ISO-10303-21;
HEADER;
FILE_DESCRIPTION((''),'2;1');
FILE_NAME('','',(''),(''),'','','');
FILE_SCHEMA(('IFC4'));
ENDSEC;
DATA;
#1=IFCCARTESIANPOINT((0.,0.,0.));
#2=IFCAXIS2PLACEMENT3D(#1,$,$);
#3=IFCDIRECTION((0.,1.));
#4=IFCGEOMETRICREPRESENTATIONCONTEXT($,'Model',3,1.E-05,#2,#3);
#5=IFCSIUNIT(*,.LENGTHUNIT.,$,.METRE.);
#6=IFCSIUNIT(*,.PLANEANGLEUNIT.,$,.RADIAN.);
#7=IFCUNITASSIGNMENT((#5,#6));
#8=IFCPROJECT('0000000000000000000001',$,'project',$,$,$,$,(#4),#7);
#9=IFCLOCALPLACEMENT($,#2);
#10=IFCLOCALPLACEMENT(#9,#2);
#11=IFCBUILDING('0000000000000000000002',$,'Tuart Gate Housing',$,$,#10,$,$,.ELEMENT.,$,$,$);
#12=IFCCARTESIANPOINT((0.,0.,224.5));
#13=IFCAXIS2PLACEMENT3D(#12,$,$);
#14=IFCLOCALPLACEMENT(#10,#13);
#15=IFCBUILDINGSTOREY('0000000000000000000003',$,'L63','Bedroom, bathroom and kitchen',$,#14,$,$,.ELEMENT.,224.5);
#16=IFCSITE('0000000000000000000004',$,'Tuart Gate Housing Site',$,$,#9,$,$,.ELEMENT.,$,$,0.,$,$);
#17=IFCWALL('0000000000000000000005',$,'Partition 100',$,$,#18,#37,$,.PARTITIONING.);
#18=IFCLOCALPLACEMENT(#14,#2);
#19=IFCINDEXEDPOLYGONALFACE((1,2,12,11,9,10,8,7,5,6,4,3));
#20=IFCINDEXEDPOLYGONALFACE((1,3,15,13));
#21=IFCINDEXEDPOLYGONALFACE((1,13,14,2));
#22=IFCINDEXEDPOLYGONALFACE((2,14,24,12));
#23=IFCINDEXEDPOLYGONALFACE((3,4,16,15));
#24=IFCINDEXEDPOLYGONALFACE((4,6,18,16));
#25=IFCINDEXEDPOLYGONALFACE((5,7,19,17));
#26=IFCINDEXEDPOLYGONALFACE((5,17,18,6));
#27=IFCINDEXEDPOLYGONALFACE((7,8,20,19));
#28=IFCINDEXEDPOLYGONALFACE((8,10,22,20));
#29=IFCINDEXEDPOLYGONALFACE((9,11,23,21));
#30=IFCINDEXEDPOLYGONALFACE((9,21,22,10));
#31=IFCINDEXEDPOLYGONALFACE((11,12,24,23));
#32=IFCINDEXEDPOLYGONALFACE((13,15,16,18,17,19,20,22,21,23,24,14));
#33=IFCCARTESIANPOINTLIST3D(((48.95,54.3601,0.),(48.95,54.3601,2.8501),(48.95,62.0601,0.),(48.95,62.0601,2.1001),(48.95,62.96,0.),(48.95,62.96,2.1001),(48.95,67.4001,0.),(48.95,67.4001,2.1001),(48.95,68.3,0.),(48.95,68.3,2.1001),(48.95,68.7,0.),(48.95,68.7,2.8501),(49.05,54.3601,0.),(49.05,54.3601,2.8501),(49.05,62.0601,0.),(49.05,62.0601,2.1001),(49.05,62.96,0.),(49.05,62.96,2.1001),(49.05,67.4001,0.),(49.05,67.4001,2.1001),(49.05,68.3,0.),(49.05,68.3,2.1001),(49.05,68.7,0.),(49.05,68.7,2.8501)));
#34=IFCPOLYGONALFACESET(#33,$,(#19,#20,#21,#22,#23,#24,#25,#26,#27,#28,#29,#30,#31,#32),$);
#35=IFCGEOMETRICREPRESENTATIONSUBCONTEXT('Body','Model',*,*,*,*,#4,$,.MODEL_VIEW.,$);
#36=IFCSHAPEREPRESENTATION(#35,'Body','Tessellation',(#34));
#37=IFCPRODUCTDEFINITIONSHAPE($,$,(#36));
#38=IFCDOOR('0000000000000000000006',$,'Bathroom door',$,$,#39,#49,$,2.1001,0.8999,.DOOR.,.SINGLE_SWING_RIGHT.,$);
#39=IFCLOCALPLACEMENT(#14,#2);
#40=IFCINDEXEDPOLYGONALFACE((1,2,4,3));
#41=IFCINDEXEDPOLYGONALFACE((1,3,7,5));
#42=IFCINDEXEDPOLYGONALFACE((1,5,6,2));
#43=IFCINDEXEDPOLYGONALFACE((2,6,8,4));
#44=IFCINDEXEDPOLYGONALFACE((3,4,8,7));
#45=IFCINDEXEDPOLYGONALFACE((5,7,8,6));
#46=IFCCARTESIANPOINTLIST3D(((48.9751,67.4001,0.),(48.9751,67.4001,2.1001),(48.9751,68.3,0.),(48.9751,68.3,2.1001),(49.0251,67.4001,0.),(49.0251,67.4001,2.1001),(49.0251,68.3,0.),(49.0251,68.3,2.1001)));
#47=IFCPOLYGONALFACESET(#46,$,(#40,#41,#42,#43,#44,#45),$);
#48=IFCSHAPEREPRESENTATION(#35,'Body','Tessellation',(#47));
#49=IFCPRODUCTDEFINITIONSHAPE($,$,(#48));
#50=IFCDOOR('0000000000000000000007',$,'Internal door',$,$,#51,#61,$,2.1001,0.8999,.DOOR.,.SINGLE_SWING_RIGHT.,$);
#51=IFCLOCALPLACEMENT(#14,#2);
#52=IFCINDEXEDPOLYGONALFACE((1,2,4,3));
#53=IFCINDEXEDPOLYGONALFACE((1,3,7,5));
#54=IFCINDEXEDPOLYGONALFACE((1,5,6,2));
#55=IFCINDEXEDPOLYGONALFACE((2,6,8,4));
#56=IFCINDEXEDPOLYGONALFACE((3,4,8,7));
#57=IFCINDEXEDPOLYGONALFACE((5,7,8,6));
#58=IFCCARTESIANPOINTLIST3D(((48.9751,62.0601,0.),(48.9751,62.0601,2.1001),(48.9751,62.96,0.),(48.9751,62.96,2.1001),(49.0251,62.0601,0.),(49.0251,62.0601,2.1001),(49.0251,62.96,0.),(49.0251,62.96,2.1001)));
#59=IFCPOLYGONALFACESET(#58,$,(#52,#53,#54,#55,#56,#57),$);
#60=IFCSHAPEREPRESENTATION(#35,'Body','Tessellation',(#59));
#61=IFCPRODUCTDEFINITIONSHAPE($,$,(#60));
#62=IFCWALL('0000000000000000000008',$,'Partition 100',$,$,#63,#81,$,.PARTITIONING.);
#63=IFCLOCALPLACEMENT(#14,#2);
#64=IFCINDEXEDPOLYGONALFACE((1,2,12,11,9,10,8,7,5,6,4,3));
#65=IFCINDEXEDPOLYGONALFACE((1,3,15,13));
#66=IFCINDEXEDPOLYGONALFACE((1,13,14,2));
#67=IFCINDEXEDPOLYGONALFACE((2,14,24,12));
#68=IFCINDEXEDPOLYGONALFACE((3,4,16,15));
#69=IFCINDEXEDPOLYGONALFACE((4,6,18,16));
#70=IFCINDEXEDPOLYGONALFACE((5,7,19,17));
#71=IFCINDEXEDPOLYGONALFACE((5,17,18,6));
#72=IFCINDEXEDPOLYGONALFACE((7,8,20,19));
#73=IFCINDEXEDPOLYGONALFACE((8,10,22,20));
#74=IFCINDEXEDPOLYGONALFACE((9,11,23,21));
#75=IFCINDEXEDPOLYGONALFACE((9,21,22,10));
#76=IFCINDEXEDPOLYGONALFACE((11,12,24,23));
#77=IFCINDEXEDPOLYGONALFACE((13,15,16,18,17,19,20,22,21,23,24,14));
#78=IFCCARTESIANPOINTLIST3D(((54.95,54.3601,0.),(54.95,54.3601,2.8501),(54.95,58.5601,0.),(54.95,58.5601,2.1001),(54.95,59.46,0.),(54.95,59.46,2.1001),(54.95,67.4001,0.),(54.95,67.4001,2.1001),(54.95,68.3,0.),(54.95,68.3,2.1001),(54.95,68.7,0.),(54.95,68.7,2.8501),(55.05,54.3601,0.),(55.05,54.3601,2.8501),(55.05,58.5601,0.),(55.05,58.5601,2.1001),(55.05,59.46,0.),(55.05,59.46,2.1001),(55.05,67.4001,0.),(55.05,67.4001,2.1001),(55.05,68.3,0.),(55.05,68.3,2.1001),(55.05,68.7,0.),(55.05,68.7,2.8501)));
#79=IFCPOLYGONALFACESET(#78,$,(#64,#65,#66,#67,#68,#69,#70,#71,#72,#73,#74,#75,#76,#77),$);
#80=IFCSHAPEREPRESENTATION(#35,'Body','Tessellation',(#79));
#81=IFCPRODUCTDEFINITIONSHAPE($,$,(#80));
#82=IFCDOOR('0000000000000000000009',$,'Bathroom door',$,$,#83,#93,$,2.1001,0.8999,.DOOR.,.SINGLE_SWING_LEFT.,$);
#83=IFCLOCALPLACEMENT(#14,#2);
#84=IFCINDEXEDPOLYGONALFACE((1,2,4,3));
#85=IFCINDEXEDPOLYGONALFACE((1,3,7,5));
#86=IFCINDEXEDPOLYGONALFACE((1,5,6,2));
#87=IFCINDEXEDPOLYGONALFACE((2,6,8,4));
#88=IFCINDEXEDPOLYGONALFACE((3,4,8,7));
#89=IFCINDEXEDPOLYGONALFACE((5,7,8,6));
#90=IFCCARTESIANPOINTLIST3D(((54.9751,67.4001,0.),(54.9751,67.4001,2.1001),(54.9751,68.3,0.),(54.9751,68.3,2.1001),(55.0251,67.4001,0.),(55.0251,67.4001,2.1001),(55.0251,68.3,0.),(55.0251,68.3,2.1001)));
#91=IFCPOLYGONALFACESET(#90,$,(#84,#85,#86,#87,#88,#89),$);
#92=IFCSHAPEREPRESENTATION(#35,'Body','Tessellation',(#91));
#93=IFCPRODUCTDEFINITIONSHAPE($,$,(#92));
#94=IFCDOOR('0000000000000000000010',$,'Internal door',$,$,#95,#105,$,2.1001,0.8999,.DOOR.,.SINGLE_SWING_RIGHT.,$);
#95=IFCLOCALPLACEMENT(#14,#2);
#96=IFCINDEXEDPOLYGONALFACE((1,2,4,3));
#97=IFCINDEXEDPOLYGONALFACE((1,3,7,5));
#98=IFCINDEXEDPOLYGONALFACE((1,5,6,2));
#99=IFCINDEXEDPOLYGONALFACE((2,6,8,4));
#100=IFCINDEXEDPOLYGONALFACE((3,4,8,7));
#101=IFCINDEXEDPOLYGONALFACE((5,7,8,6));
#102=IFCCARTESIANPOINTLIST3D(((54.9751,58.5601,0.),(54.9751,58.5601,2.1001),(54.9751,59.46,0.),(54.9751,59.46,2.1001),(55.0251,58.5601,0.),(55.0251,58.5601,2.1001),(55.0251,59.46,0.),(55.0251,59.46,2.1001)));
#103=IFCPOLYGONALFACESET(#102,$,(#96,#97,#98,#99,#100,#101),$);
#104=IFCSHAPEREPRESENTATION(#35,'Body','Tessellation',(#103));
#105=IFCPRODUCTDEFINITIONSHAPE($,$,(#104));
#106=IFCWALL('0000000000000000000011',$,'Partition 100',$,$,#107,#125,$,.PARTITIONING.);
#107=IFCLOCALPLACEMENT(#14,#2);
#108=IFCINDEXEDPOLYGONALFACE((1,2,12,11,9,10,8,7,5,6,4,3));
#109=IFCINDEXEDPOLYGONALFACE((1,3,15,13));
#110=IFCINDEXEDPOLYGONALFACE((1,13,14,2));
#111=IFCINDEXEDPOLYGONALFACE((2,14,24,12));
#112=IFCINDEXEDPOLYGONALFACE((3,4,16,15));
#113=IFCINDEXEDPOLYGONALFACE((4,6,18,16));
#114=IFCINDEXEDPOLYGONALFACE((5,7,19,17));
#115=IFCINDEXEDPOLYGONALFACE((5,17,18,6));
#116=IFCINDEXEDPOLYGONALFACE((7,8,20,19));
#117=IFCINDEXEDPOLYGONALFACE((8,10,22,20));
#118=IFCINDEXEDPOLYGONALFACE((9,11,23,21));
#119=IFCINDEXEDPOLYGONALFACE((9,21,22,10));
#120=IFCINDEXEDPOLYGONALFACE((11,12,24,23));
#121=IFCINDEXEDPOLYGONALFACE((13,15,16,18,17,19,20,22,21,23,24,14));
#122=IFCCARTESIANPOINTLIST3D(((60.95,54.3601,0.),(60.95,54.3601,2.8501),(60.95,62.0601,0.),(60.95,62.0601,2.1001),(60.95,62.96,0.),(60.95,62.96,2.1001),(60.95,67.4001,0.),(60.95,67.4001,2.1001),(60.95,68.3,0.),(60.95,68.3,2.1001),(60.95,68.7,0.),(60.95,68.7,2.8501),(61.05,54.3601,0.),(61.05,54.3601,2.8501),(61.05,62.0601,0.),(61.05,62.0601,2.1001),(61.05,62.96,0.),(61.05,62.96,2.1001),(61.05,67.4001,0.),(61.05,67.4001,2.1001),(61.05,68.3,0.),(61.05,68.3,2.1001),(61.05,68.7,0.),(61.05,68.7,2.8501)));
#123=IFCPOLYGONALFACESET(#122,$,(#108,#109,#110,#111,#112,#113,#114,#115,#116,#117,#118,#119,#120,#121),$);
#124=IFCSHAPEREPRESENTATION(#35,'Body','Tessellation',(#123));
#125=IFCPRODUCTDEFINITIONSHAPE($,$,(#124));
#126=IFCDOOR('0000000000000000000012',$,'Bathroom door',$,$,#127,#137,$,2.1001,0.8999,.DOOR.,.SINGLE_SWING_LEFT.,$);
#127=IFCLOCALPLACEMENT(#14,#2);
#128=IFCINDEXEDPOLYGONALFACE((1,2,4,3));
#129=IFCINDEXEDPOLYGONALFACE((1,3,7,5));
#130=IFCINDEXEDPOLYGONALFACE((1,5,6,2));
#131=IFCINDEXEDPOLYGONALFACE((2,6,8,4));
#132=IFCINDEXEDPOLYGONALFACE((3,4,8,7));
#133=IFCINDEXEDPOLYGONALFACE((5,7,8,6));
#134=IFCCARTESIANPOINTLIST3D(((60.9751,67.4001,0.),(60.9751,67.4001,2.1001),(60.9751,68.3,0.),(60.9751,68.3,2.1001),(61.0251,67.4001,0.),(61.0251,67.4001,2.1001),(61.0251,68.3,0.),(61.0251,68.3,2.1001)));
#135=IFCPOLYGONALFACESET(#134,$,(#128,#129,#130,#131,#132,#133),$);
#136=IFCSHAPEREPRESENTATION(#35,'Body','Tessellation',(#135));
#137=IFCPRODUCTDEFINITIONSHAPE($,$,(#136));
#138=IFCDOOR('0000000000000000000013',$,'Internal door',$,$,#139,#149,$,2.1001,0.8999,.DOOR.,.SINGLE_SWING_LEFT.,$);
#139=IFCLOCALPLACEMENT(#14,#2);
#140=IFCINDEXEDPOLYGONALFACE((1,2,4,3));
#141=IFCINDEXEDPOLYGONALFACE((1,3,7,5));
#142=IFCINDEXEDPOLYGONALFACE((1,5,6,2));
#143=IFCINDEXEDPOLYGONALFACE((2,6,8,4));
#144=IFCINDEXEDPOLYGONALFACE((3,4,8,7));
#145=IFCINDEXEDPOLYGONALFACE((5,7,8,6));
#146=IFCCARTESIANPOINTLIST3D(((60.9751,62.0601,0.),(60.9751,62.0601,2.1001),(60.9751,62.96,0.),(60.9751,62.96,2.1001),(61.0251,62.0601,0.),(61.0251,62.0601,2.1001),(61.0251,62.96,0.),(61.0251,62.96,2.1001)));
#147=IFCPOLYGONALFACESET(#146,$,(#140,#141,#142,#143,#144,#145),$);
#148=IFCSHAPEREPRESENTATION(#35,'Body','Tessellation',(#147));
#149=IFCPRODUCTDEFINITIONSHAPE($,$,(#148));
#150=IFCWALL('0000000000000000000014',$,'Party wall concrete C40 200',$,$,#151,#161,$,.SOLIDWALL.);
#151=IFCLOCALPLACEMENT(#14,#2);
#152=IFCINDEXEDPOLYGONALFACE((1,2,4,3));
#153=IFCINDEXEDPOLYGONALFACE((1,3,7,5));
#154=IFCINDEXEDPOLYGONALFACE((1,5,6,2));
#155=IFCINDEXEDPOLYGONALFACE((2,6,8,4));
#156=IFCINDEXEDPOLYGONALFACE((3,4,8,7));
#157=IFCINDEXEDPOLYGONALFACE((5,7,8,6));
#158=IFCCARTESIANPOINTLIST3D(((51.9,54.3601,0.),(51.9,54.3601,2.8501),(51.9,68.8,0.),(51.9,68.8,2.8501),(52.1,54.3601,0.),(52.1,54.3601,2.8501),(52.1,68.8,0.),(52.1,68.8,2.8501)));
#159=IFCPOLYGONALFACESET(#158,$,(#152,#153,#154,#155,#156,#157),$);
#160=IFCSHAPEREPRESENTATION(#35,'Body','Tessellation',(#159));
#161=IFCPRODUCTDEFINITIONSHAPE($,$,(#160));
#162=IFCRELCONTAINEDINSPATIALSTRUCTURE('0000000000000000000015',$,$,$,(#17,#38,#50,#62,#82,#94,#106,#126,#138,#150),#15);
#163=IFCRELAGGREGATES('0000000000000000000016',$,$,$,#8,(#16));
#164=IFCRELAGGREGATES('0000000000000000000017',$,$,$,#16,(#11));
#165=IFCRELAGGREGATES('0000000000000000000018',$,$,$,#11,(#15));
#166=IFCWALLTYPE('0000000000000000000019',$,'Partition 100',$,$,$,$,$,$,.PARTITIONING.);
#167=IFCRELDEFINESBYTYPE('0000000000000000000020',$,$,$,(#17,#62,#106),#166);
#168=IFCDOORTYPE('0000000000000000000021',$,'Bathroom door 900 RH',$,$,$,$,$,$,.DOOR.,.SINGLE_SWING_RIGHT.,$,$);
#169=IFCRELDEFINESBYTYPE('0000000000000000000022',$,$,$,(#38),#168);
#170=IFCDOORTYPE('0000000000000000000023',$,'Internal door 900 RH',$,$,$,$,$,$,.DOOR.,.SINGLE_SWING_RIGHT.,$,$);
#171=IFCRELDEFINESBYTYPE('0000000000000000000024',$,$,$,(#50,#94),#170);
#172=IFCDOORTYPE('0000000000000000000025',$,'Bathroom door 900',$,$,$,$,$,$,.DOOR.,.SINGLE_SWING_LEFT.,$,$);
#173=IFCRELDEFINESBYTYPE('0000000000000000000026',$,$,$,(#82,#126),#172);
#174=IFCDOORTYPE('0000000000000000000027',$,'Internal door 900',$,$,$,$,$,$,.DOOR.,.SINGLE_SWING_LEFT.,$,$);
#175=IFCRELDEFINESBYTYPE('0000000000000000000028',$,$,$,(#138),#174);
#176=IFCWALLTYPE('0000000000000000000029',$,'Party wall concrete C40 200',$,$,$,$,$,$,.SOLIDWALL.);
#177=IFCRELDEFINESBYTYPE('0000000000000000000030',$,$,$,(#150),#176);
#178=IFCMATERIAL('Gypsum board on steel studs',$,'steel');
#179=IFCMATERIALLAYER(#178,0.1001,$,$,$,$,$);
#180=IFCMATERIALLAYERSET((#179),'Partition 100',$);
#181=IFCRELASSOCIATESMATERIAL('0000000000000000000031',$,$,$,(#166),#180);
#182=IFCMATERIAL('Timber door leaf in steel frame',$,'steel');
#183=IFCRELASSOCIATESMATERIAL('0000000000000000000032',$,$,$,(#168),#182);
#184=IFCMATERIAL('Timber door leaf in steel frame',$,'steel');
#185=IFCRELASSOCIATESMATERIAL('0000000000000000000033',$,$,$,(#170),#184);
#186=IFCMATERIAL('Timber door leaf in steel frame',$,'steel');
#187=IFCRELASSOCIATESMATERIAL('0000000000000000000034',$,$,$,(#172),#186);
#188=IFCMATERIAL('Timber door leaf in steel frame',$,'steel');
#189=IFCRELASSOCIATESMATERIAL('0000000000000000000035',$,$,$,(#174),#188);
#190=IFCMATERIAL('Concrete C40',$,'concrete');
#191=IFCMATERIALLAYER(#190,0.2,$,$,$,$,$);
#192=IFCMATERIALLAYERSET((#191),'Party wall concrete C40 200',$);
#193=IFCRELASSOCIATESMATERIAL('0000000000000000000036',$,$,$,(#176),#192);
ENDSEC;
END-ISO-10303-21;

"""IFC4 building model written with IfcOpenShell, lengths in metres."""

from ifc_helpers import new_model, si_unit, direction, frame, frame_2d, origin, place, context, subcontext, project, spatial, rectangle, extrude, material, layer, layer_set, type_object, element, fill, save


model = new_model("IFC4")

# Units and contexts
model_context = context("Model", 3, precision=1e-05, world=origin(), true_north=direction((0.0, 1.0)))
body_context = subcontext(model_context, "Body", "Model", "MODEL_VIEW")
ifc_project = project(units=[si_unit("LENGTHUNIT", "METRE"), si_unit("PLANEANGLEUNIT", "RADIAN")], contexts=[model_context])

# Site, building, storey
site_placement = place(None, origin())
site = spatial("IfcSite", under=ifc_project, at=site_placement, Name="Tuart Gate Housing Site", CompositionType="ELEMENT", RefElevation=0.0)
building_placement = place(site_placement, origin())
building = spatial("IfcBuilding", under=site, at=building_placement, Name="Tuart Gate Housing", CompositionType="ELEMENT")
storey_placement = place(building_placement, frame((0.0, 0.0, 224.5)))
storey = spatial("IfcBuildingStorey", under=building, at=storey_placement, Name="L63", Description="Bedroom, bathroom and kitchen", CompositionType="ELEMENT", Elevation=224.5)

# Walls, openings, doors
ifc_material_1 = material(Name="Gypsum board on steel studs", Category="steel")
ifc_layer_1 = layer(ifc_material_1, 0.1001)
ifc_layer_set_1 = layer_set([ifc_layer_1], Name="Partition 100")
wall_type_1 = type_object("IfcWallType", Name="Partition 100", PredefinedType="PARTITIONING", material=ifc_layer_set_1)
wall_1_placement = place(storey_placement, frame((49.0, 54.3601, 0.0), z_axis=(0.0, 0.0, 1.0), x_axis=(0.0, 1.0, 0.0)))
wall_1 = element("IfcWall", 1, at=wall_1_placement, inside=storey, type_object=wall_type_1, Name="Partition 100", PredefinedType="PARTITIONING", context=body_context, shape_type="SweptSolid", body=[
    extrude(rectangle(XDim=14.3398, YDim=0.1001, at=frame_2d((7.1699, 0.0))), origin(), (0.0, 0.0, 1.0), 2.8501),
])
opening_1_placement = place(wall_1_placement, frame((7.7, 0.0, 0.0)))
opening_1 = element("IfcOpeningElement", 2, at=opening_1_placement, cuts=wall_1, PredefinedType="OPENING", context=body_context, shape_type="SweptSolid", body=[
    extrude(rectangle(XDim=0.8999, YDim=2.1001, at=frame_2d((0.45, 1.05))), frame((0.0, 0.0601, 0.0), z_axis=(0.0, -1.0, 0.0), x_axis=(1.0, 0.0, 0.0)), (0.0, 0.0, 1.0), 0.1201),
])
opening_2_placement = place(wall_1_placement, frame((13.04, 0.0, 0.0)))
opening_2 = element("IfcOpeningElement", 3, at=opening_2_placement, cuts=wall_1, PredefinedType="OPENING", context=body_context, shape_type="SweptSolid", body=[
    extrude(rectangle(XDim=0.8999, YDim=2.1001, at=frame_2d((0.45, 1.05))), frame((0.0, 0.0601, 0.0), z_axis=(0.0, -1.0, 0.0), x_axis=(1.0, 0.0, 0.0)), (0.0, 0.0, 1.0), 0.1201),
])
ifc_material_2 = material(Name="Timber door leaf in steel frame", Category="steel")
door_type_1 = type_object("IfcDoorType", Name="Bathroom door 900 RH", OperationType="SINGLE_SWING_RIGHT", PredefinedType="DOOR", material=ifc_material_2)
door_1_placement = place(opening_2_placement, origin())
door_1 = element("IfcDoor", 4, at=door_1_placement, inside=storey, type_object=door_type_1, Name="Bathroom door", OperationType="SINGLE_SWING_RIGHT", OverallHeight=2.1001, OverallWidth=0.8999, PredefinedType="DOOR", context=body_context, shape_type="SweptSolid", body=[
    extrude(rectangle(XDim=0.8999, YDim=2.1001, at=frame_2d((0.45, 1.05))), frame((0.0, 0.0249, 0.0), z_axis=(0.0, -1.0, 0.0), x_axis=(1.0, 0.0, 0.0)), (0.0, 0.0, 1.0), 0.05),
])
fill(opening_2, door_1)
ifc_material_3 = material(Name="Timber door leaf in steel frame", Category="steel")
door_type_2 = type_object("IfcDoorType", Name="Internal door 900 RH", OperationType="SINGLE_SWING_RIGHT", PredefinedType="DOOR", material=ifc_material_3)
door_2_placement = place(opening_1_placement, origin())
door_2 = element("IfcDoor", 5, at=door_2_placement, inside=storey, type_object=door_type_2, Name="Internal door", OperationType="SINGLE_SWING_RIGHT", OverallHeight=2.1001, OverallWidth=0.8999, PredefinedType="DOOR", context=body_context, shape_type="SweptSolid", body=[
    extrude(rectangle(XDim=0.8999, YDim=2.1001, at=frame_2d((0.45, 1.05))), frame((0.0, 0.0249, 0.0), z_axis=(0.0, -1.0, 0.0), x_axis=(1.0, 0.0, 0.0)), (0.0, 0.0, 1.0), 0.05),
])
fill(opening_1, door_2)
wall_2_placement = place(storey_placement, frame((55.0, 54.3601, 0.0), z_axis=(0.0, 0.0, 1.0), x_axis=(0.0, 1.0, 0.0)))
wall_2 = element("IfcWall", 6, at=wall_2_placement, inside=storey, type_object=wall_type_1, Name="Partition 100", PredefinedType="PARTITIONING", context=body_context, shape_type="SweptSolid", body=[
    extrude(rectangle(XDim=14.3398, YDim=0.1001, at=frame_2d((7.1699, 0.0))), origin(), (0.0, 0.0, 1.0), 2.8501),
])
opening_3_placement = place(wall_2_placement, frame((4.2, 0.0, 0.0)))
opening_3 = element("IfcOpeningElement", 7, at=opening_3_placement, cuts=wall_2, PredefinedType="OPENING", context=body_context, shape_type="SweptSolid", body=[
    extrude(rectangle(XDim=0.8999, YDim=2.1001, at=frame_2d((0.45, 1.05))), frame((0.0, 0.0601, 0.0), z_axis=(0.0, -1.0, 0.0), x_axis=(1.0, 0.0, 0.0)), (0.0, 0.0, 1.0), 0.1201),
])
opening_4_placement = place(wall_2_placement, frame((13.04, 0.0, 0.0)))
opening_4 = element("IfcOpeningElement", 8, at=opening_4_placement, cuts=wall_2, PredefinedType="OPENING", context=body_context, shape_type="SweptSolid", body=[
    extrude(rectangle(XDim=0.8999, YDim=2.1001, at=frame_2d((0.45, 1.05))), frame((0.0, 0.0601, 0.0), z_axis=(0.0, -1.0, 0.0), x_axis=(1.0, 0.0, 0.0)), (0.0, 0.0, 1.0), 0.1201),
])
ifc_material_4 = material(Name="Timber door leaf in steel frame", Category="steel")
door_type_3 = type_object("IfcDoorType", Name="Bathroom door 900", OperationType="SINGLE_SWING_LEFT", PredefinedType="DOOR", material=ifc_material_4)
door_3_placement = place(opening_4_placement, frame((0.8999, 0.0, 0.0), z_axis=(0.0, 0.0, 1.0), x_axis=(-1.0, 0.0, 0.0)))
door_3 = element("IfcDoor", 9, at=door_3_placement, inside=storey, type_object=door_type_3, Name="Bathroom door", OperationType="SINGLE_SWING_LEFT", OverallHeight=2.1001, OverallWidth=0.8999, PredefinedType="DOOR", context=body_context, shape_type="SweptSolid", body=[
    extrude(rectangle(XDim=0.8999, YDim=2.1001, at=frame_2d((0.45, 1.05))), frame((0.0, 0.0251, 0.0), z_axis=(0.0, -1.0, 0.0), x_axis=(1.0, 0.0, 0.0)), (0.0, 0.0, 1.0), 0.05),
])
fill(opening_4, door_3)
door_4_placement = place(opening_3_placement, frame((0.8999, 0.0, 0.0), z_axis=(0.0, 0.0, 1.0), x_axis=(-1.0, 0.0, 0.0)))
door_4 = element("IfcDoor", 10, at=door_4_placement, inside=storey, type_object=door_type_2, Name="Internal door", OperationType="SINGLE_SWING_RIGHT", OverallHeight=2.1001, OverallWidth=0.8999, PredefinedType="DOOR", context=body_context, shape_type="SweptSolid", body=[
    extrude(rectangle(XDim=0.8999, YDim=2.1001, at=frame_2d((0.45, 1.05))), frame((0.0, 0.0251, 0.0), z_axis=(0.0, -1.0, 0.0), x_axis=(1.0, 0.0, 0.0)), (0.0, 0.0, 1.0), 0.05),
])
fill(opening_3, door_4)
wall_3_placement = place(storey_placement, frame((61.0, 54.3601, 0.0), z_axis=(0.0, 0.0, 1.0), x_axis=(0.0, 1.0, 0.0)))
wall_3 = element("IfcWall", 11, at=wall_3_placement, inside=storey, type_object=wall_type_1, Name="Partition 100", PredefinedType="PARTITIONING", context=body_context, shape_type="SweptSolid", body=[
    extrude(rectangle(XDim=14.3398, YDim=0.1001, at=frame_2d((7.1699, 0.0))), origin(), (0.0, 0.0, 1.0), 2.8501),
])
opening_5_placement = place(wall_3_placement, frame((7.7, 0.0, 0.0)))
opening_5 = element("IfcOpeningElement", 12, at=opening_5_placement, cuts=wall_3, PredefinedType="OPENING", context=body_context, shape_type="SweptSolid", body=[
    extrude(rectangle(XDim=0.8999, YDim=2.1001, at=frame_2d((0.45, 1.05))), frame((0.0, 0.0601, 0.0), z_axis=(0.0, -1.0, 0.0), x_axis=(1.0, 0.0, 0.0)), (0.0, 0.0, 1.0), 0.1201),
])
opening_6_placement = place(wall_3_placement, frame((13.04, 0.0, 0.0)))
opening_6 = element("IfcOpeningElement", 13, at=opening_6_placement, cuts=wall_3, PredefinedType="OPENING", context=body_context, shape_type="SweptSolid", body=[
    extrude(rectangle(XDim=0.8999, YDim=2.1001, at=frame_2d((0.45, 1.05))), frame((0.0, 0.0601, 0.0), z_axis=(0.0, -1.0, 0.0), x_axis=(1.0, 0.0, 0.0)), (0.0, 0.0, 1.0), 0.1201),
])
door_5_placement = place(opening_6_placement, frame((0.8999, 0.0, 0.0), z_axis=(0.0, 0.0, 1.0), x_axis=(-1.0, 0.0, 0.0)))
door_5 = element("IfcDoor", 14, at=door_5_placement, inside=storey, type_object=door_type_3, Name="Bathroom door", OperationType="SINGLE_SWING_LEFT", OverallHeight=2.1001, OverallWidth=0.8999, PredefinedType="DOOR", context=body_context, shape_type="SweptSolid", body=[
    extrude(rectangle(XDim=0.8999, YDim=2.1001, at=frame_2d((0.45, 1.05))), frame((0.0, 0.0251, 0.0), z_axis=(0.0, -1.0, 0.0), x_axis=(1.0, 0.0, 0.0)), (0.0, 0.0, 1.0), 0.05),
])
fill(opening_6, door_5)
ifc_material_5 = material(Name="Timber door leaf in steel frame", Category="steel")
door_type_4 = type_object("IfcDoorType", Name="Internal door 900", OperationType="SINGLE_SWING_LEFT", PredefinedType="DOOR", material=ifc_material_5)
door_6_placement = place(opening_5_placement, frame((0.8999, 0.0, 0.0), z_axis=(0.0, 0.0, 1.0), x_axis=(-1.0, 0.0, 0.0)))
door_6 = element("IfcDoor", 15, at=door_6_placement, inside=storey, type_object=door_type_4, Name="Internal door", OperationType="SINGLE_SWING_LEFT", OverallHeight=2.1001, OverallWidth=0.8999, PredefinedType="DOOR", context=body_context, shape_type="SweptSolid", body=[
    extrude(rectangle(XDim=0.8999, YDim=2.1001, at=frame_2d((0.45, 1.05))), frame((0.0, 0.0251, 0.0), z_axis=(0.0, -1.0, 0.0), x_axis=(1.0, 0.0, 0.0)), (0.0, 0.0, 1.0), 0.05),
])
fill(opening_5, door_6)

# Wall
ifc_material_6 = material(Name="Concrete C40", Category="concrete")
ifc_layer_2 = layer(ifc_material_6, 0.2)
ifc_layer_set_2 = layer_set([ifc_layer_2], Name="Party wall concrete C40 200")
wall_type_2 = type_object("IfcWallType", Name="Party wall concrete C40 200", PredefinedType="SOLIDWALL", material=ifc_layer_set_2)
for number, where, z_axis, x_axis, name in (
    (16, (52.0, 54.3601, 0.0), (0.0, 0.0, 1.0), (0.0, 1.0, 0.0), "Party wall concrete C40 200"),
):
    element("IfcWall", number, at=place(storey_placement, frame(where, z_axis=z_axis, x_axis=x_axis)), inside=storey, type_object=wall_type_2, Name=name, PredefinedType="SOLIDWALL", context=body_context, shape_type="SweptSolid", body=[
        extrude(rectangle(XDim=14.4399, YDim=0.2, at=frame_2d((7.22, 0.0))), origin(), (0.0, 0.0, 1.0), 2.8501),
    ])

save(model, "model.ifc")
